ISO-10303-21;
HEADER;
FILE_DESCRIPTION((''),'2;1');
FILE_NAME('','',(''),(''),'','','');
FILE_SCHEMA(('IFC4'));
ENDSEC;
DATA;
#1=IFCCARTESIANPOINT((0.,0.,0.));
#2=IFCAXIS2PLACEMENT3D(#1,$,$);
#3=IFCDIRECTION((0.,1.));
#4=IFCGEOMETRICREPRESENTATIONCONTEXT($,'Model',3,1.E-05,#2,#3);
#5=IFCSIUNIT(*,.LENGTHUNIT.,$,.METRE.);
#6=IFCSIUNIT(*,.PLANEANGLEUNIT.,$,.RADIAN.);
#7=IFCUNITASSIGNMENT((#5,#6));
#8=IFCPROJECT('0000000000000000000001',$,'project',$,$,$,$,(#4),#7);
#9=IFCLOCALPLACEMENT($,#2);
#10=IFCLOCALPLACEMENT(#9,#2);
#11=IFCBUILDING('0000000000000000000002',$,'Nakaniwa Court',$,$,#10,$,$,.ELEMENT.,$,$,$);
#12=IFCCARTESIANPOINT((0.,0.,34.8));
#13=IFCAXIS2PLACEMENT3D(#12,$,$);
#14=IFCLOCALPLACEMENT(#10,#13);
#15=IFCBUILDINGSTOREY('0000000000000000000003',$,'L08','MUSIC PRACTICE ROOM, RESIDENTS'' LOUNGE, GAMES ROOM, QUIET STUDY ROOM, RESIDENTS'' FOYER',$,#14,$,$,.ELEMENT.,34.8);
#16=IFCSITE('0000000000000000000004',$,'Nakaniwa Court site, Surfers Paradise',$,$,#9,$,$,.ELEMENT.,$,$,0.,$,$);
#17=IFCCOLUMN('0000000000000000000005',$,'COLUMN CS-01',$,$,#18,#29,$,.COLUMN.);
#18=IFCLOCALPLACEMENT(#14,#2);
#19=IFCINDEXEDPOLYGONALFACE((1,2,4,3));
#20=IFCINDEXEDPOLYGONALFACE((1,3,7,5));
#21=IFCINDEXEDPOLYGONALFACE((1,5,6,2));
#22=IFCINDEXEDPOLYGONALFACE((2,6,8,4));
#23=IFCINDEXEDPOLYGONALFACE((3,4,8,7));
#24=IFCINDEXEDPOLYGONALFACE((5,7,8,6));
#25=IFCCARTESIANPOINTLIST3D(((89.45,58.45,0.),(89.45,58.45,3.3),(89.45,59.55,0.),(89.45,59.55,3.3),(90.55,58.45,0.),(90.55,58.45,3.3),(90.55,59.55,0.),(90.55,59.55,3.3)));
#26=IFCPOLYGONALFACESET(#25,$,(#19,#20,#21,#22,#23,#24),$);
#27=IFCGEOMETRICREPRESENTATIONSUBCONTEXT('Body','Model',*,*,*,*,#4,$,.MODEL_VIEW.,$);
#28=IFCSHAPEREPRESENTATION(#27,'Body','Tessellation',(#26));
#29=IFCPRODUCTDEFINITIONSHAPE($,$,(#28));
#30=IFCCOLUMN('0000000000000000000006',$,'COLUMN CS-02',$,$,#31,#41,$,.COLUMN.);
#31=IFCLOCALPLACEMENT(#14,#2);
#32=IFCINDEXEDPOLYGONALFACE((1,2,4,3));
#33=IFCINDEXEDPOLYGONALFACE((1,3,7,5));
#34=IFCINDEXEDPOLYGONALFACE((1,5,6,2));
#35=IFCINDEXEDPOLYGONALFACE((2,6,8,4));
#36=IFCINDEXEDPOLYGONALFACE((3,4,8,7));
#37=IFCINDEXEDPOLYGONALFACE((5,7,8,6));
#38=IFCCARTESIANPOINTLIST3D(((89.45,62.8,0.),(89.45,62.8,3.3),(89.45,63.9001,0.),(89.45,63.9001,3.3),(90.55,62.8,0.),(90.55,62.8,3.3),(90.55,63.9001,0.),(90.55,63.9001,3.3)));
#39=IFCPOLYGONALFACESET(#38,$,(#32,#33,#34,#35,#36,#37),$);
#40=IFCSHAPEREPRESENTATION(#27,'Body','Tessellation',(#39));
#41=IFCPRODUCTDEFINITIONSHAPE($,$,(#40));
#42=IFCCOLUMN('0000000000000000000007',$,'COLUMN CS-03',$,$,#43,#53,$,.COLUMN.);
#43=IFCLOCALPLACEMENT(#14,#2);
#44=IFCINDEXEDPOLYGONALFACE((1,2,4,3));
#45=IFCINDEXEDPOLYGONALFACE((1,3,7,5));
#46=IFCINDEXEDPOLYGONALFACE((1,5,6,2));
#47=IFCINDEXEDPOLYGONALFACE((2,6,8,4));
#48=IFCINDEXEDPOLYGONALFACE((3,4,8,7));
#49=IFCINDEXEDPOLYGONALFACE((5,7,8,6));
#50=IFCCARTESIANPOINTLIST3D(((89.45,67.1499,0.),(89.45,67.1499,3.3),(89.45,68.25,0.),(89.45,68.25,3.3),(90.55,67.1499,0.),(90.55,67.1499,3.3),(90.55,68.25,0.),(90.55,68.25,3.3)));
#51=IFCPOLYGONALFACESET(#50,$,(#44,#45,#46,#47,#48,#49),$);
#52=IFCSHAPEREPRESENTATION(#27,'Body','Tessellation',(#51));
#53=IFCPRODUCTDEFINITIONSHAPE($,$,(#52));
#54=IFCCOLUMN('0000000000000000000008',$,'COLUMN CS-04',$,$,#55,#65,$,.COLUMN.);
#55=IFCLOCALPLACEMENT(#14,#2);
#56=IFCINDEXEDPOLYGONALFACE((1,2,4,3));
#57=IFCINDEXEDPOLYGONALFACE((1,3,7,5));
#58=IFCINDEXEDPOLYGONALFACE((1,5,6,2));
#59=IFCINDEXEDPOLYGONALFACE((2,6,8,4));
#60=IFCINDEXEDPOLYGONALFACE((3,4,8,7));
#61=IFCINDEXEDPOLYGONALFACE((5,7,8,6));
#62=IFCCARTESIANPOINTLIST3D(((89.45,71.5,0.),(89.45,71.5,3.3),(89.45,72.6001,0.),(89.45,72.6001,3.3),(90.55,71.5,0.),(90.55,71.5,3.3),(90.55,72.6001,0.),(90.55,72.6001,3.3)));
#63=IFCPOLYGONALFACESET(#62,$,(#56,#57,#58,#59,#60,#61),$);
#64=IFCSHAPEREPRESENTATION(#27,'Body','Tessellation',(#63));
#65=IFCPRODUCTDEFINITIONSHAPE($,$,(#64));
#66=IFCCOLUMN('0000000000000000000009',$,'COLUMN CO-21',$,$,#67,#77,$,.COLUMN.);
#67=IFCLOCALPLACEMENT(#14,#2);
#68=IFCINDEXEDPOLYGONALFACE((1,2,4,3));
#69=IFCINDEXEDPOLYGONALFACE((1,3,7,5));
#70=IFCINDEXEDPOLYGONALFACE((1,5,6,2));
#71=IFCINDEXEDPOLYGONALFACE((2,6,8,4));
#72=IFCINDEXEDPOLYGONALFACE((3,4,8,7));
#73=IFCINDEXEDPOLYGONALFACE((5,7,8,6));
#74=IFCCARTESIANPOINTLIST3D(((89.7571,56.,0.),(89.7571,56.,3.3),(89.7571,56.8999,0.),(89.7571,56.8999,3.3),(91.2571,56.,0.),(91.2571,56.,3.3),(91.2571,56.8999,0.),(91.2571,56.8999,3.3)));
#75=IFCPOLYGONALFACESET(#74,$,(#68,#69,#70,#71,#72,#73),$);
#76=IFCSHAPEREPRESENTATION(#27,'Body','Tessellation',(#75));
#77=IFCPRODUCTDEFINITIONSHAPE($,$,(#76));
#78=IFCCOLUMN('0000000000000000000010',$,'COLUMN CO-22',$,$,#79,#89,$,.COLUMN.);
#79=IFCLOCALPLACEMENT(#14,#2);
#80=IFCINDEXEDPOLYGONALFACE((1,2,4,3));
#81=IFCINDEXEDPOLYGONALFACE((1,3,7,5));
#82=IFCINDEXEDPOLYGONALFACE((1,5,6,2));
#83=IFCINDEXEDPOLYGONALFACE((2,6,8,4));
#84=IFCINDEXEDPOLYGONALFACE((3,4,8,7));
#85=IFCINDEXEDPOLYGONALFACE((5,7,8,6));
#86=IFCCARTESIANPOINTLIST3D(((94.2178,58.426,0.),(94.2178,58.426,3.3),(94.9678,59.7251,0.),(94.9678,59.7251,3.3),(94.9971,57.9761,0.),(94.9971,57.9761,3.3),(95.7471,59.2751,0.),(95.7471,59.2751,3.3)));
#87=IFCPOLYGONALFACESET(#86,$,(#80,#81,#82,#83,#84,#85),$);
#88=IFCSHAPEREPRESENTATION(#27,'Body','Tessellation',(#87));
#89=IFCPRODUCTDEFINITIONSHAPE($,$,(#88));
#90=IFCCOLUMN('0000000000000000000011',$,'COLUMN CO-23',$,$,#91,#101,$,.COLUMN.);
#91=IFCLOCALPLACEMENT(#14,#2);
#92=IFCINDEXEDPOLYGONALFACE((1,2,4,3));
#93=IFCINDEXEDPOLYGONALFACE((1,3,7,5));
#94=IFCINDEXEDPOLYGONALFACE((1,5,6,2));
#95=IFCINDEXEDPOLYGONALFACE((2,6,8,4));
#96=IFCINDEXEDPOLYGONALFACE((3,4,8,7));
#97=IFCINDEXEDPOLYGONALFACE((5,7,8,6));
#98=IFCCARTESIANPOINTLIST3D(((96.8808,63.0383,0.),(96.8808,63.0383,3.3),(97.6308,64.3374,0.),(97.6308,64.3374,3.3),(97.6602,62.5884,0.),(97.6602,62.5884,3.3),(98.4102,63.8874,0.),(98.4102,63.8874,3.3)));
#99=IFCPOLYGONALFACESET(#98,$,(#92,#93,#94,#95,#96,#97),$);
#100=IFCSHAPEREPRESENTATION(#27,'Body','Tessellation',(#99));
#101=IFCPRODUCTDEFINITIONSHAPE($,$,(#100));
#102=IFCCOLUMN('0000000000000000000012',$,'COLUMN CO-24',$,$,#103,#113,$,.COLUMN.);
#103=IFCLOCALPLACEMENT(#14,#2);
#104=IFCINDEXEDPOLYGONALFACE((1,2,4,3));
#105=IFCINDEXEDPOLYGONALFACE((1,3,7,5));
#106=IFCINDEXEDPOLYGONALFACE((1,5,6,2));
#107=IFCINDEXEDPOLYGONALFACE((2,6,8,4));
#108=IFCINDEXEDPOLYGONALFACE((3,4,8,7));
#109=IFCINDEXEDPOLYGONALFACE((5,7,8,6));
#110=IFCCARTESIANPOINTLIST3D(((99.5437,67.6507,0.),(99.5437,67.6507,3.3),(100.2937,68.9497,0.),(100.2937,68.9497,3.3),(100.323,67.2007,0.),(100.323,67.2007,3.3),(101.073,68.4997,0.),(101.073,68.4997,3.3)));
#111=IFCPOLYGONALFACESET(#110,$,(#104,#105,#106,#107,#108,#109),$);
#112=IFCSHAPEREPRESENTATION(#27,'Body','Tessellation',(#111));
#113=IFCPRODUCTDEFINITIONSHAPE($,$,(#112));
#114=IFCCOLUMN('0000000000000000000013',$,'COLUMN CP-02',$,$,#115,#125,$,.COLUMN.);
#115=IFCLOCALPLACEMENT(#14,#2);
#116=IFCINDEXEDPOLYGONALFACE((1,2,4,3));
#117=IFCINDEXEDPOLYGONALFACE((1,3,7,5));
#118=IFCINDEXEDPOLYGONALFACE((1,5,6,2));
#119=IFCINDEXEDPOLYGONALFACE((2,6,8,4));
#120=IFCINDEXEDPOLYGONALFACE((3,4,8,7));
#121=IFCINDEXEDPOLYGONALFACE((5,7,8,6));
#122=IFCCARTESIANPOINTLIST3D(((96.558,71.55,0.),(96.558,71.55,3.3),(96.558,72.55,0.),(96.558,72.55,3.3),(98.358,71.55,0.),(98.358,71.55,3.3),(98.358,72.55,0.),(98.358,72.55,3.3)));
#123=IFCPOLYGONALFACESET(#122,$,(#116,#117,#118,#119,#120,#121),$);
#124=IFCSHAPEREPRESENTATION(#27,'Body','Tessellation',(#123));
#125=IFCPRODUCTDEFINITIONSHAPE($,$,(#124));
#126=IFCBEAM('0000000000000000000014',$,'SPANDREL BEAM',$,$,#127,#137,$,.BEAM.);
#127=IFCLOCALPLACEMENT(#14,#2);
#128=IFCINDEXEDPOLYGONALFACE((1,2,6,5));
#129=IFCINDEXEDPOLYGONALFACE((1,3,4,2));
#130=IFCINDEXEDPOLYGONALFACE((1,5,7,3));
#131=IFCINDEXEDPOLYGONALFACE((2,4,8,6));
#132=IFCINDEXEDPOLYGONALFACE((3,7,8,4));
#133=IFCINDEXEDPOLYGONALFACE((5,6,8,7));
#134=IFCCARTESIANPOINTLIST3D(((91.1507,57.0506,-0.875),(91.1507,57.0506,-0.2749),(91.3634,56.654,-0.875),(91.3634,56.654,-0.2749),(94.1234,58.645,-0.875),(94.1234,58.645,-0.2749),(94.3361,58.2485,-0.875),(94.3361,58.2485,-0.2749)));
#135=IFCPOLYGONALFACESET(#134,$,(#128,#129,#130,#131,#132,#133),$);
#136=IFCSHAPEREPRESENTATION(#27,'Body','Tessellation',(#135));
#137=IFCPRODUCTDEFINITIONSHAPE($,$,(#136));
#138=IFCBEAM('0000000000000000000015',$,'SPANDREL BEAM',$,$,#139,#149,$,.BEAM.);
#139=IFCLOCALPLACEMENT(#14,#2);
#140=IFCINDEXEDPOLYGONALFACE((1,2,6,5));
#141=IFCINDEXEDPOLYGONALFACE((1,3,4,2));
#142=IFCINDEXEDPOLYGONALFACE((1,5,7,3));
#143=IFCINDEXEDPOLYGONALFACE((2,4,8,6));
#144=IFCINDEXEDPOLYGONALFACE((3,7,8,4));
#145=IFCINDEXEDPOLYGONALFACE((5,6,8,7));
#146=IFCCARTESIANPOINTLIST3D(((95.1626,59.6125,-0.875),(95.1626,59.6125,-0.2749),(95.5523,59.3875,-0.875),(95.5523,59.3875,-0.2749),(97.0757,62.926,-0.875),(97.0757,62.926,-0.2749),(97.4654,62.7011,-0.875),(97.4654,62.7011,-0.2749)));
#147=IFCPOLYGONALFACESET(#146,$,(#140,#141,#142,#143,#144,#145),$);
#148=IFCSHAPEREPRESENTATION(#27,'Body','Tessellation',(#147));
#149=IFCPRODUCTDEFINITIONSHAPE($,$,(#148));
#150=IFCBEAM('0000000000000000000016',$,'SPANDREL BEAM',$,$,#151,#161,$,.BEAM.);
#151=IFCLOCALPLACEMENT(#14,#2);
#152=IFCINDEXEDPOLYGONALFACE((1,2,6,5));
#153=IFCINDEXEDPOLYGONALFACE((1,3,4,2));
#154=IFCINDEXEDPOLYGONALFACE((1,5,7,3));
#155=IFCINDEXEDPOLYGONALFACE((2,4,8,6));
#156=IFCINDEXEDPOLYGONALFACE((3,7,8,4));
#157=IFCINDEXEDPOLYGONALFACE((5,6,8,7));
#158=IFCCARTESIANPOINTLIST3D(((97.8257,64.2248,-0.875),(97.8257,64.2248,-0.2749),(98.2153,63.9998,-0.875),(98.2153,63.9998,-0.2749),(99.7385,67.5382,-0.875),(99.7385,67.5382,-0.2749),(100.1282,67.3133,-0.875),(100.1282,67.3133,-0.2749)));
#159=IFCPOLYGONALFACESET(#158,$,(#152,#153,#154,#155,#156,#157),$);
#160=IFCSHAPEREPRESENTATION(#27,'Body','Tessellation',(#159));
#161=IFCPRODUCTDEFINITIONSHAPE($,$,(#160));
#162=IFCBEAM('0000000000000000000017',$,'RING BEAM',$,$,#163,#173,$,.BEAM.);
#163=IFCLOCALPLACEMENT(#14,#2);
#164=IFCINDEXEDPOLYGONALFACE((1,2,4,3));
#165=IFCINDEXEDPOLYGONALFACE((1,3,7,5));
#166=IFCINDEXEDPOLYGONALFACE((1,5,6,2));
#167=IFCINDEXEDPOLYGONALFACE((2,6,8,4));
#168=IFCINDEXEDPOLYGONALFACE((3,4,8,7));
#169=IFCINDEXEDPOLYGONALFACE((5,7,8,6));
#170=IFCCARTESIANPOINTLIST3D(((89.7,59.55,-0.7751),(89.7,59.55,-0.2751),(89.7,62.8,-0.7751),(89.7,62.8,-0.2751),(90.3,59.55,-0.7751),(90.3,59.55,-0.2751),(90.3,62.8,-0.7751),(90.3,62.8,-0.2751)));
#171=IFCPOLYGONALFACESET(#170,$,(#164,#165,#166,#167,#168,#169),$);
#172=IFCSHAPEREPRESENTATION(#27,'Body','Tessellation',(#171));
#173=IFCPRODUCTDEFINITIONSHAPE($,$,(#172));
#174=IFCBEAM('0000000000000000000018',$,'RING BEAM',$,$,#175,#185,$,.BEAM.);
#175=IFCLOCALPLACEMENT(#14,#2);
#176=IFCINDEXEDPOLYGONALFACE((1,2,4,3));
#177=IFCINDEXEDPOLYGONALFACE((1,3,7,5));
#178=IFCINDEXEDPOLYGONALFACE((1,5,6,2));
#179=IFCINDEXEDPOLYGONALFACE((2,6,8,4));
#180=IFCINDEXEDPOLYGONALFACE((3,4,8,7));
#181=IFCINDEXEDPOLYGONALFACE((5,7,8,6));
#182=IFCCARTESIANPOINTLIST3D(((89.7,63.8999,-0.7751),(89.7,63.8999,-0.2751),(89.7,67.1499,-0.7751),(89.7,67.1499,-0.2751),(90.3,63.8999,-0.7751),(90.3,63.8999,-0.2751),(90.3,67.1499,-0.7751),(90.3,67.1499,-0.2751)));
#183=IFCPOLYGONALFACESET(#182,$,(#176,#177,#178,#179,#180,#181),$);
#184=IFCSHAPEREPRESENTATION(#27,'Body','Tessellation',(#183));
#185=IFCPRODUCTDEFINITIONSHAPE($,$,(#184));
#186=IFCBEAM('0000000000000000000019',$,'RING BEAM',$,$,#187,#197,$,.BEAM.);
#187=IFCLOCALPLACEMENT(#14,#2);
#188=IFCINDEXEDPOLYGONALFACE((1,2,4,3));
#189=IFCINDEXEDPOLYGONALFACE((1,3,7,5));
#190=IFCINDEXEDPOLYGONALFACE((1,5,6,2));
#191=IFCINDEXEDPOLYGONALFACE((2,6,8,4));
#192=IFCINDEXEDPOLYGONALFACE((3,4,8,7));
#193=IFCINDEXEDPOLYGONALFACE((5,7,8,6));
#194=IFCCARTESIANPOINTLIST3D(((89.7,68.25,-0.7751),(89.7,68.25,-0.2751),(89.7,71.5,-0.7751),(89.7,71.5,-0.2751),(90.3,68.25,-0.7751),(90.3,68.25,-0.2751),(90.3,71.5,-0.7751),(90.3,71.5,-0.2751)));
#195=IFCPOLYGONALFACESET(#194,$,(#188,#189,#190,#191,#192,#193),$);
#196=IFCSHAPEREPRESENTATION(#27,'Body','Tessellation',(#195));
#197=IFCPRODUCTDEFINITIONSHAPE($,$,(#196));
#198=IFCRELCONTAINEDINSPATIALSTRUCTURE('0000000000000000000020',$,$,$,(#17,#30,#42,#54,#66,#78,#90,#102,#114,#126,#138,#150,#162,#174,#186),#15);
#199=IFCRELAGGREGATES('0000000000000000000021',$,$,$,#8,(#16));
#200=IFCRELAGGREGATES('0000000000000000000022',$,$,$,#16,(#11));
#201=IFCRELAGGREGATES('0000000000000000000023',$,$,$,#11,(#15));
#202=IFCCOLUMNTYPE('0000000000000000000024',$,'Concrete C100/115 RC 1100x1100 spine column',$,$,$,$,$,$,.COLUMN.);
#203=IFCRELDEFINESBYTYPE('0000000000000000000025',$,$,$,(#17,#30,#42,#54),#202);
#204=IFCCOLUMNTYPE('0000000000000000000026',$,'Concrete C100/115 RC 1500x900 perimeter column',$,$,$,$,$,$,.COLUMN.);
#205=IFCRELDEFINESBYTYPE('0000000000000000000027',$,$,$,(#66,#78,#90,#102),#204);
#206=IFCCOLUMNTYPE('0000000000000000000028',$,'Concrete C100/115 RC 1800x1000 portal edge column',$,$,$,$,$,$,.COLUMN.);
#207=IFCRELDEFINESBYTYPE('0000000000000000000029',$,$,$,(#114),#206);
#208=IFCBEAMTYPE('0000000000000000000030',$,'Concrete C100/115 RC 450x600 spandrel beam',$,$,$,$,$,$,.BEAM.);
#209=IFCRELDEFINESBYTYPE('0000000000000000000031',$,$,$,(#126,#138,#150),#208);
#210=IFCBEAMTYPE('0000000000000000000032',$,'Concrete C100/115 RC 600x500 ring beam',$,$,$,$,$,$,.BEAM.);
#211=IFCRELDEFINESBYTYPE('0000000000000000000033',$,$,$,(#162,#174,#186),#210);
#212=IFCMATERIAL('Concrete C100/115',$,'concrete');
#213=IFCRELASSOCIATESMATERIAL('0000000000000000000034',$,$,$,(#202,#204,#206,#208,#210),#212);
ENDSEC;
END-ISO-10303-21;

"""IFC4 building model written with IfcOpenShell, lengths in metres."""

from ifc_helpers import new_model, si_unit, direction, frame, origin, origin_2d, place, context, subcontext, project, spatial, rectangle, extrude, material, material_profile, profile_set, type_object, element, save


model = new_model("IFC4")

# Units and contexts
model_context = context("Model", 3, precision=1e-05, world=origin(), true_north=direction((0.0, 1.0)))
body_context = subcontext(model_context, "Body", "Model", "MODEL_VIEW")
ifc_project = project(units=[si_unit("LENGTHUNIT", "METRE"), si_unit("PLANEANGLEUNIT", "RADIAN")], contexts=[model_context])

# Site, building, storey
site_placement = place(None, origin())
site = spatial("IfcSite", under=ifc_project, at=site_placement, Name="Nakaniwa Court site, Surfers Paradise", CompositionType="ELEMENT", RefElevation=0.0)
building_placement = place(site_placement, origin())
building = spatial("IfcBuilding", under=site, at=building_placement, Name="Nakaniwa Court", CompositionType="ELEMENT")
storey_placement = place(building_placement, frame((0.0, 0.0, 34.8)))
storey = spatial("IfcBuildingStorey", under=building, at=storey_placement, Name="L08", Description="MUSIC PRACTICE ROOM, RESIDENTS' LOUNGE, GAMES ROOM, QUIET STUDY ROOM, RESIDENTS' FOYER", CompositionType="ELEMENT", Elevation=34.8)

# Columns
ifc_material_1 = material(Name="Concrete C100/115", Category="concrete")
ifc_material_profile_1 = material_profile(ifc_material_1, rectangle(XDim=1.1001, YDim=1.1001, at=origin_2d()), Name="Concrete C100/115 RC 1100x1100 spine column")
ifc_profile_set_1 = profile_set([ifc_material_profile_1], Name="Concrete C100/115")
column_type_1 = type_object("IfcColumnType", Name="Concrete C100/115 RC 1100x1100 spine column", PredefinedType="COLUMN", material=ifc_profile_set_1)
for number, where, z_axis, x_axis, name in (
    (1, (90.0, 59.0, 0.0), (0.0, 0.0, 1.0), (0.0, 1.0, 0.0), "COLUMN CS-01"),
    (2, (90.0, 63.3501, 0.0), (0.0, 0.0, 1.0), (0.0, 1.0, 0.0), "COLUMN CS-02"),
    (3, (90.0, 67.7, 0.0), (0.0, 0.0, 1.0), (0.0, 1.0, 0.0), "COLUMN CS-03"),
    (4, (90.0, 72.05, 0.0), (0.0, 0.0, 1.0), (0.0, 1.0, 0.0), "COLUMN CS-04"),
):
    element("IfcColumn", number, at=place(storey_placement, frame(where, z_axis=z_axis, x_axis=x_axis)), inside=storey, type_object=column_type_1, Name=name, PredefinedType="COLUMN", context=body_context, shape_type="SweptSolid", body=[
        extrude(rectangle(XDim=1.1001, YDim=1.1001, at=origin_2d()), origin(), (0.0, 0.0, 1.0), 3.3),
    ])
ifc_material_profile_2 = material_profile(ifc_material_1, rectangle(XDim=1.5, YDim=0.8999, at=origin_2d()), Name="Concrete C100/115 RC 1500x900 perimeter column")
ifc_profile_set_2 = profile_set([ifc_material_profile_2], Name="Concrete C100/115")
column_type_2 = type_object("IfcColumnType", Name="Concrete C100/115 RC 1500x900 perimeter column", PredefinedType="COLUMN", material=ifc_profile_set_2)
for number, where, z_axis, x_axis, name in (
    (5, (90.5071, 56.45, 0.0), (0.0, 0.0, 1.0), (1.0, 0.0, 0.0), "COLUMN CO-21"),
    (6, (94.9824, 58.8506, 0.0), (0.0, 0.0, 1.0), (0.5, 0.866025, 0.0), "COLUMN CO-22"),
    (7, (97.6455, 63.4629, 0.0), (0.0, 0.0, 1.0), (0.5, 0.866025, 0.0), "COLUMN CO-23"),
    (8, (100.3083, 68.0752, 0.0), (0.0, 0.0, 1.0), (0.5, 0.866025, 0.0), "COLUMN CO-24"),
):
    element("IfcColumn", number, at=place(storey_placement, frame(where, z_axis=z_axis, x_axis=x_axis)), inside=storey, type_object=column_type_2, Name=name, PredefinedType="COLUMN", context=body_context, shape_type="SweptSolid", body=[
        extrude(rectangle(XDim=1.5, YDim=0.8999, at=origin_2d()), origin(), (0.0, 0.0, 1.0), 3.3),
    ])
ifc_material_profile_3 = material_profile(ifc_material_1, rectangle(XDim=1.8, YDim=1.0, at=origin_2d()), Name="Concrete C100/115 RC 1800x1000 portal edge column")
ifc_profile_set_3 = profile_set([ifc_material_profile_3], Name="Concrete C100/115")
column_type_3 = type_object("IfcColumnType", Name="Concrete C100/115 RC 1800x1000 portal edge column", PredefinedType="COLUMN", material=ifc_profile_set_3)
column_placement = place(storey_placement, frame((97.458, 72.05, 0.0), z_axis=(0.0, 0.0, 1.0), x_axis=(1.0, 0.0, 0.0)))
element("IfcColumn", 9, at=column_placement, inside=storey, type_object=column_type_3, Name="COLUMN CP-02", PredefinedType="COLUMN", context=body_context, shape_type="SweptSolid", body=[
    extrude(rectangle(XDim=1.8, YDim=1.0, at=origin_2d()), origin(), (0.0, 0.0, 1.0), 3.3),
])

# Beams
ifc_material_profile_4 = material_profile(ifc_material_1, rectangle(XDim=0.45, YDim=0.6001, at=origin_2d()), Name="Concrete C100/115 RC 450x600 spandrel beam")
ifc_profile_set_4 = profile_set([ifc_material_profile_4], Name="Concrete C100/115")
beam_type_1 = type_object("IfcBeamType", Name="Concrete C100/115 RC 450x600 spandrel beam", PredefinedType="BEAM", material=ifc_profile_set_4)
beam_1_placement = place(storey_placement, frame((91.2571, 56.8523, -0.575), z_axis=(0.881235, 0.472679, 0.0), x_axis=(-0.472679, 0.881235, 0.0)))
element("IfcBeam", 10, at=beam_1_placement, inside=storey, type_object=beam_type_1, Name="SPANDREL BEAM", PredefinedType="BEAM", context=body_context, shape_type="SweptSolid", body=[
    extrude(rectangle(XDim=0.45, YDim=0.6001, at=origin_2d()), origin(), (0.0, 0.0, 1.0), 3.3733),
])
beam_2_placement = place(storey_placement, frame((95.3574, 59.5, -0.575), z_axis=(0.50001, 0.86602, 0.0), x_axis=(-0.86602, 0.50001, 0.0)))
element("IfcBeam", 11, at=beam_2_placement, inside=storey, type_object=beam_type_1, Name="SPANDREL BEAM", PredefinedType="BEAM", context=body_context, shape_type="SweptSolid", body=[
    extrude(rectangle(XDim=0.45, YDim=0.6001, at=origin_2d()), origin(), (0.0, 0.0, 1.0), 3.8262),
])
beam_3_placement = place(storey_placement, frame((98.0205, 64.1123, -0.575), z_axis=(0.499962, 0.866047, 0.0), x_axis=(-0.866047, 0.499962, 0.0)))
element("IfcBeam", 12, at=beam_3_placement, inside=storey, type_object=beam_type_1, Name="SPANDREL BEAM", PredefinedType="BEAM", context=body_context, shape_type="SweptSolid", body=[
    extrude(rectangle(XDim=0.45, YDim=0.6001, at=origin_2d()), origin(), (0.0, 0.0, 1.0), 3.8259),
])
ifc_material_profile_5 = material_profile(ifc_material_1, rectangle(XDim=0.6001, YDim=0.5, at=origin_2d()), Name="Concrete C100/115 RC 600x500 ring beam")
ifc_profile_set_5 = profile_set([ifc_material_profile_5], Name="Concrete C100/115")
beam_type_2 = type_object("IfcBeamType", Name="Concrete C100/115 RC 600x500 ring beam", PredefinedType="BEAM", material=ifc_profile_set_5)
for number, where, z_axis, x_axis, name in (
    (13, (90.0, 59.55, -0.5251), (0.0, 1.0, 0.0), (-1.0, 0.0, 0.0), "RING BEAM"),
    (14, (90.0, 63.8999, -0.5251), (0.0, 1.0, 0.0), (-1.0, 0.0, 0.0), "RING BEAM"),
    (15, (90.0, 68.25, -0.5251), (0.0, 1.0, 0.0), (-1.0, 0.0, 0.0), "RING BEAM"),
):
    element("IfcBeam", number, at=place(storey_placement, frame(where, z_axis=z_axis, x_axis=x_axis)), inside=storey, type_object=beam_type_2, Name=name, PredefinedType="BEAM", context=body_context, shape_type="SweptSolid", body=[
        extrude(rectangle(XDim=0.6001, YDim=0.5, at=origin_2d()), origin(), (0.0, 0.0, 1.0), 3.25),
    ])

save(model, "model.ifc")
